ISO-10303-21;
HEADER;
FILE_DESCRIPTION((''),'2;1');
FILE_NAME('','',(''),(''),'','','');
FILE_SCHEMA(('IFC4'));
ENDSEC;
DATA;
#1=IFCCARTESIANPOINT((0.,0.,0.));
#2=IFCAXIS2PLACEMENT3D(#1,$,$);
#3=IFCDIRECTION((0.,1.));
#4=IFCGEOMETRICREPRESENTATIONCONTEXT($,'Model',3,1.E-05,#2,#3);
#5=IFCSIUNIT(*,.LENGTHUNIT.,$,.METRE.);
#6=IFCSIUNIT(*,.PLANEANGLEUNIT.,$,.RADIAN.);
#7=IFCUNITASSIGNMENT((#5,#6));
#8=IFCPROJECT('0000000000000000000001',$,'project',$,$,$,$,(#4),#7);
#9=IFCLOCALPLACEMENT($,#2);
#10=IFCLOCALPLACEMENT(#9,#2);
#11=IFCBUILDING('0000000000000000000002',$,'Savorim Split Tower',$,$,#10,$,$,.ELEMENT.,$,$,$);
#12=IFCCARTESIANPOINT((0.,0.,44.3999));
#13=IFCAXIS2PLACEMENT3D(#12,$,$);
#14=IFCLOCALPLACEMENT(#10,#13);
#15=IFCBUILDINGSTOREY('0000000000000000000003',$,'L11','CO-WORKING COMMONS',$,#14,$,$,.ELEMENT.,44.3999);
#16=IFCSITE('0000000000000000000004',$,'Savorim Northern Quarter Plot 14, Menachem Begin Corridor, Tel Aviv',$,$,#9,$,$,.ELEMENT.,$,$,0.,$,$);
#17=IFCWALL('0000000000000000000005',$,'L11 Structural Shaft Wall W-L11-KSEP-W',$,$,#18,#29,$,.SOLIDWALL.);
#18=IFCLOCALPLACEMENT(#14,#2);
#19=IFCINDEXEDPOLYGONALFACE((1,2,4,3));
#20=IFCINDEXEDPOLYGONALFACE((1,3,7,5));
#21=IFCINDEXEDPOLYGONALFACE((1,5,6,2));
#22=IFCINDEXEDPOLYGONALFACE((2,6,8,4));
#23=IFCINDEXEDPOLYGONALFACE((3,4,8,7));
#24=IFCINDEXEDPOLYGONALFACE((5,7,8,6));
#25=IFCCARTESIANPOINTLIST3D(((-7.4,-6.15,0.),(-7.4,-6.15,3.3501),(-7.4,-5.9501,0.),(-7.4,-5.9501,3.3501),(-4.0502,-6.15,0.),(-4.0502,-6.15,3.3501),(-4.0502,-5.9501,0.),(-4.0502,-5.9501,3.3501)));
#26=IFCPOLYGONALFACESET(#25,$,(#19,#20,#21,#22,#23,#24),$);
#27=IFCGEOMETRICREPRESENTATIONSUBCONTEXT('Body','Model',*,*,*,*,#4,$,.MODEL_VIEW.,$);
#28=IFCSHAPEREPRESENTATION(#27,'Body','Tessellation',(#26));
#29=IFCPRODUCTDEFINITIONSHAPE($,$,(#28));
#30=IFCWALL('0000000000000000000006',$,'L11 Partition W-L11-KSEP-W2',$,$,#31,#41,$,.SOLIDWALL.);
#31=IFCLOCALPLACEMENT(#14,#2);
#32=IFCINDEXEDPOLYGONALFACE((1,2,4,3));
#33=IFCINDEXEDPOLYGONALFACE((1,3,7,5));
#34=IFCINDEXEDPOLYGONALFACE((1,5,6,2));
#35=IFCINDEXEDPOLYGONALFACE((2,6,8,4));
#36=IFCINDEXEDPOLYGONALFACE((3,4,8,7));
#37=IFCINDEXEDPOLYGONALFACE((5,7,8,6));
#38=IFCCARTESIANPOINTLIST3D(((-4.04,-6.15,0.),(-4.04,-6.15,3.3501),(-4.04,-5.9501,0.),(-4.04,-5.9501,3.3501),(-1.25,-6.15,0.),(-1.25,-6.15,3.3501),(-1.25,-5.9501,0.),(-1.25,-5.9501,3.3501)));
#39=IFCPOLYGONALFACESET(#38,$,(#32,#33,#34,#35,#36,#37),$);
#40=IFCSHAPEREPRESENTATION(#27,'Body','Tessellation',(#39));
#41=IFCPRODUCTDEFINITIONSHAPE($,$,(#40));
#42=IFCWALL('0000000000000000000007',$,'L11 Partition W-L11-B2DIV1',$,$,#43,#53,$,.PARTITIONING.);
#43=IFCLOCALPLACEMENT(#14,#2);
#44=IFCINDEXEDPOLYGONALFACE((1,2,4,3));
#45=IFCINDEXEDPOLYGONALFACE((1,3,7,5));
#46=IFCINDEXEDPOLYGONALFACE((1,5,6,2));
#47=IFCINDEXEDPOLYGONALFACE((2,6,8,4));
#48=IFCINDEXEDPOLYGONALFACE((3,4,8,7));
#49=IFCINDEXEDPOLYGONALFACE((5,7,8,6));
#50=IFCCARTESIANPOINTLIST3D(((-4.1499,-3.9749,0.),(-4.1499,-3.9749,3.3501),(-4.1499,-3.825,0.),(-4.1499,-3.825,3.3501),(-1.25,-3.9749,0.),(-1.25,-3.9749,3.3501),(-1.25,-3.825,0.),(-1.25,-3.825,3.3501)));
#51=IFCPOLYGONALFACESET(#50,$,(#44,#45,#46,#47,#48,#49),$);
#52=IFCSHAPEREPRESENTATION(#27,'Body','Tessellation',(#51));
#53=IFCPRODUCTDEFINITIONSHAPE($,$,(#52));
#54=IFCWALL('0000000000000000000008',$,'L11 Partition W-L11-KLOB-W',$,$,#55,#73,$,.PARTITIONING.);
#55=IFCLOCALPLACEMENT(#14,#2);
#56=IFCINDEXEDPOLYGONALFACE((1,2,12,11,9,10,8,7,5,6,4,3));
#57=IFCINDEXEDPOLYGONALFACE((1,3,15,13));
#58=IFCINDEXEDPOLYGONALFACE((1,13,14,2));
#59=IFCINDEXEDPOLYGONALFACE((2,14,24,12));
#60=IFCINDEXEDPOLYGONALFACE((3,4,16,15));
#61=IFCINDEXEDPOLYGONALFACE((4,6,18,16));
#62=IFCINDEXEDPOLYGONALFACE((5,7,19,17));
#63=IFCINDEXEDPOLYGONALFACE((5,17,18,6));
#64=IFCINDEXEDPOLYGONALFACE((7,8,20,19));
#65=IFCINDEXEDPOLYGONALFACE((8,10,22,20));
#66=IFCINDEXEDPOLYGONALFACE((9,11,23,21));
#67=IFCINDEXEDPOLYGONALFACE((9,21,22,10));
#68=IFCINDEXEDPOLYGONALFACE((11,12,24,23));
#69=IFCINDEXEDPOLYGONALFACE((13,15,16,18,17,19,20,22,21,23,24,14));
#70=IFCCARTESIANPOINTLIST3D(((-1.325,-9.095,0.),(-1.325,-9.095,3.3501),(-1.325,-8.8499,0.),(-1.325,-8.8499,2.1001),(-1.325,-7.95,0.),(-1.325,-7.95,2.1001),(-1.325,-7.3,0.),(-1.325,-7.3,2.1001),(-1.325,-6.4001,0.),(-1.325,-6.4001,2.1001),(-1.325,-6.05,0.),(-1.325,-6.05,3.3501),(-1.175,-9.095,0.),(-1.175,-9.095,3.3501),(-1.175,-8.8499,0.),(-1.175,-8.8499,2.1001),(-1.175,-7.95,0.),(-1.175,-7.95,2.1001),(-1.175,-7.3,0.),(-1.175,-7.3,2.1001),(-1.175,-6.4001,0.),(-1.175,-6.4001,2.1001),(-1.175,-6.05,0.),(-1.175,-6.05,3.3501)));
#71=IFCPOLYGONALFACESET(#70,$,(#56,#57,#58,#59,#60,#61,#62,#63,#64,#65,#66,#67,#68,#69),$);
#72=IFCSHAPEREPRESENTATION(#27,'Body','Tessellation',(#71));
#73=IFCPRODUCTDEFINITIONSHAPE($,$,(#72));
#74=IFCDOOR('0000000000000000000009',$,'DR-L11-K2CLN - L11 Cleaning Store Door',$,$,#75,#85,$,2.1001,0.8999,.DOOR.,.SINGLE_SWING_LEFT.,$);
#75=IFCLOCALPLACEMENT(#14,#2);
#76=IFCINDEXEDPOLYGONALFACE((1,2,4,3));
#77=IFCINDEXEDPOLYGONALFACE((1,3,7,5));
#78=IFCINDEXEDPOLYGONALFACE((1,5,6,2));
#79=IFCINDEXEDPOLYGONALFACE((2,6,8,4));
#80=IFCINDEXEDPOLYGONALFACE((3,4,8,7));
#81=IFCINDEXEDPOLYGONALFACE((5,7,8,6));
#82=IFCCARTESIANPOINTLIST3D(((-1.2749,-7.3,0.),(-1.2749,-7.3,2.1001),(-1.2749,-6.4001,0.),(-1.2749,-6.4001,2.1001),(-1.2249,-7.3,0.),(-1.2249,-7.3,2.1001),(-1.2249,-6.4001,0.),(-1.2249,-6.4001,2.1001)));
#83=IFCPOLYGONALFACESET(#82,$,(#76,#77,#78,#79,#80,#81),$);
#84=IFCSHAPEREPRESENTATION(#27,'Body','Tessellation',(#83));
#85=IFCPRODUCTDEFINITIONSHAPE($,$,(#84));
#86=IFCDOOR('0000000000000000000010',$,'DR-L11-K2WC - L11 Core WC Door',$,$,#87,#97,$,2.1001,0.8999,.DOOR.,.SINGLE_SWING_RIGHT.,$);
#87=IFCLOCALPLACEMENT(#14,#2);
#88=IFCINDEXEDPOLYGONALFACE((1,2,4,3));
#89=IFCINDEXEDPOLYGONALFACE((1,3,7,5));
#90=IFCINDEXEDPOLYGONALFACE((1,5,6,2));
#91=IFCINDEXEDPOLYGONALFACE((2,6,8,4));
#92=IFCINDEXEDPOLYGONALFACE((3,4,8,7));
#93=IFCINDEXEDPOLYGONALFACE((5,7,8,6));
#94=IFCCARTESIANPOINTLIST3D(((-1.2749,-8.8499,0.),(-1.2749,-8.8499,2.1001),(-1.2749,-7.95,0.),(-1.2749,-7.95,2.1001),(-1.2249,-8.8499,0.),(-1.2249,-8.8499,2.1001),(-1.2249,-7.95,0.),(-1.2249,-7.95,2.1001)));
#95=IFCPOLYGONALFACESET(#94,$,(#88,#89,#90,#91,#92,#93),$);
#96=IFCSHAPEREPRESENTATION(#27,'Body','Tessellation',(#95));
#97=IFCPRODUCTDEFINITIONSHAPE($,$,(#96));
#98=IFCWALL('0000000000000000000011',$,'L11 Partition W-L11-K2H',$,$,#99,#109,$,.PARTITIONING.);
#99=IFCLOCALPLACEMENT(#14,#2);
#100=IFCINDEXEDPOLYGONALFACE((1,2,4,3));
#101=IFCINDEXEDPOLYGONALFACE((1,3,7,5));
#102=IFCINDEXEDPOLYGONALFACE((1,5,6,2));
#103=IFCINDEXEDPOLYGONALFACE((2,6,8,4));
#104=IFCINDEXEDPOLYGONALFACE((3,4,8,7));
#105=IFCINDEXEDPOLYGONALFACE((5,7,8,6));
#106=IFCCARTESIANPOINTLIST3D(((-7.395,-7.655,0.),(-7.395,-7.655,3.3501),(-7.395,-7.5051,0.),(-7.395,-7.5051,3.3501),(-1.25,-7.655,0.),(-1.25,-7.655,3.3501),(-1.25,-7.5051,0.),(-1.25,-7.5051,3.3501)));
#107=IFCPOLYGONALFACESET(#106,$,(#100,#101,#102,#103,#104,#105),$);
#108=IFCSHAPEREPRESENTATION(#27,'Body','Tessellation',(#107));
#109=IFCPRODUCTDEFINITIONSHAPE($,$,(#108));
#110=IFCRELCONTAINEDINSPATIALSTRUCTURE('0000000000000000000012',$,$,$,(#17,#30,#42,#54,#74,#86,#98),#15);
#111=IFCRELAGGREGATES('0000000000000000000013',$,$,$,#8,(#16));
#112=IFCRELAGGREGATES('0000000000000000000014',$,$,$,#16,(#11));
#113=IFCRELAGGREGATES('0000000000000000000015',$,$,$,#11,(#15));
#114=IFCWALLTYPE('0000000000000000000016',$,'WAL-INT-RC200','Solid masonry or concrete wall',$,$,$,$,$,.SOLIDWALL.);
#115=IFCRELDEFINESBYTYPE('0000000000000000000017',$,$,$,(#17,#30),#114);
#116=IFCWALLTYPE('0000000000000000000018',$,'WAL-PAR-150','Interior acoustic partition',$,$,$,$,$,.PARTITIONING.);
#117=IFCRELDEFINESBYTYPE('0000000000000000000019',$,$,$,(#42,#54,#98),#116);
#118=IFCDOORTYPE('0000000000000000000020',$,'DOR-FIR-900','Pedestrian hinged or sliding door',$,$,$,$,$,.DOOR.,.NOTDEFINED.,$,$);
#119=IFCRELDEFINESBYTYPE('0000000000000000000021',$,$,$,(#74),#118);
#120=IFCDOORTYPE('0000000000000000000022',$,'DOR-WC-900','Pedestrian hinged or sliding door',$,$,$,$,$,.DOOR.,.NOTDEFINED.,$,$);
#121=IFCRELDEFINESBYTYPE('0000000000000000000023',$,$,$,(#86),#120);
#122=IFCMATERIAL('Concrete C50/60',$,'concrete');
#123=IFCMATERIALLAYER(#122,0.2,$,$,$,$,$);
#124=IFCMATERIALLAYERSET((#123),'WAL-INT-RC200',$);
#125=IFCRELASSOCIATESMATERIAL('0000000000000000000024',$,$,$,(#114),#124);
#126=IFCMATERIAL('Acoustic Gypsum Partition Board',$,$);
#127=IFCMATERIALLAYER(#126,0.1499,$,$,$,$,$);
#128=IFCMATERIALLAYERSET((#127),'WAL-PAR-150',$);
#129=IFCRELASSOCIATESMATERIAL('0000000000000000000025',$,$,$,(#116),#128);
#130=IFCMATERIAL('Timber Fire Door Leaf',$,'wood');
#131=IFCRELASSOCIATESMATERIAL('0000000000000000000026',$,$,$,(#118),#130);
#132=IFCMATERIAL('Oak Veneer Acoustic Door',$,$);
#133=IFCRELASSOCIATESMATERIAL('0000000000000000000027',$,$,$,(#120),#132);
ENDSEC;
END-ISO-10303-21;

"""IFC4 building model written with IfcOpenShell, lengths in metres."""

from ifc_helpers import new_model, si_unit, direction, frame, frame_2d, origin, place, context, subcontext, project, spatial, rectangle, extrude, material, layer, layer_set, type_object, element, fill, save


model = new_model("IFC4")

# Units and contexts
model_context = context("Model", 3, precision=1e-05, world=origin(), true_north=direction((0.0, 1.0)))
body_context = subcontext(model_context, "Body", "Model", "MODEL_VIEW")
ifc_project = project(units=[si_unit("LENGTHUNIT", "METRE"), si_unit("PLANEANGLEUNIT", "RADIAN")], contexts=[model_context])

# Site, building, storey
site_placement = place(None, origin())
site = spatial("IfcSite", under=ifc_project, at=site_placement, Name="Savorim Northern Quarter Plot 14, Menachem Begin Corridor, Tel Aviv", CompositionType="ELEMENT", RefElevation=0.0)
building_placement = place(site_placement, origin())
building = spatial("IfcBuilding", under=site, at=building_placement, Name="Savorim Split Tower", CompositionType="ELEMENT")
storey_placement = place(building_placement, frame((0.0, 0.0, 44.3999)))
storey = spatial("IfcBuildingStorey", under=building, at=storey_placement, Name="L11", Description="CO-WORKING COMMONS", CompositionType="ELEMENT", Elevation=44.3999)

# Shared definitions
ifc_material_1 = material(Name="Timber Fire Door Leaf", Category="wood")

# Walls
ifc_material_2 = material(Name="Concrete C50/60", Category="concrete")
ifc_layer_1 = layer(ifc_material_2, 0.2)
ifc_layer_set_1 = layer_set([ifc_layer_1], Name="WAL-INT-RC200")
wall_type_1 = type_object("IfcWallType", Name="WAL-INT-RC200", Description="Solid masonry or concrete wall", PredefinedType="SOLIDWALL", material=ifc_layer_set_1)
wall_1_placement = place(storey_placement, frame((-7.3999, -6.05, 0.0), z_axis=(0.0, 0.0, 1.0), x_axis=(1.0, 0.0, 0.0)))
element("IfcWall", 1, at=wall_1_placement, inside=storey, type_object=wall_type_1, Name="L11 Structural Shaft Wall W-L11-KSEP-W", PredefinedType="SOLIDWALL", context=body_context, shape_type="SweptSolid", body=[
    extrude(rectangle(XDim=3.3499, YDim=0.2, at=frame_2d((1.6748, 0.0))), origin(), (0.0, 0.0, 1.0), 3.3501),
])
wall_2_placement = place(storey_placement, frame((-4.04, -6.05, 0.0), z_axis=(0.0, 0.0, 1.0), x_axis=(1.0, 0.0, 0.0)))
element("IfcWall", 2, at=wall_2_placement, inside=storey, type_object=wall_type_1, Name="L11 Partition W-L11-KSEP-W2", PredefinedType="SOLIDWALL", context=body_context, shape_type="SweptSolid", body=[
    extrude(rectangle(XDim=2.79, YDim=0.2, at=frame_2d((1.395, 0.0))), origin(), (0.0, 0.0, 1.0), 3.3501),
])
ifc_material_3 = material(Name="Acoustic Gypsum Partition Board")
ifc_layer_2 = layer(ifc_material_3, 0.1499)
ifc_layer_set_2 = layer_set([ifc_layer_2], Name="WAL-PAR-150")
wall_type_2 = type_object("IfcWallType", Name="WAL-PAR-150", Description="Interior acoustic partition", PredefinedType="PARTITIONING", material=ifc_layer_set_2)
wall_3_placement = place(storey_placement, frame((-4.1499, -3.8999, 0.0), z_axis=(0.0, 0.0, 1.0), x_axis=(1.0, 0.0, 0.0)))
element("IfcWall", 3, at=wall_3_placement, inside=storey, type_object=wall_type_2, Name="L11 Partition W-L11-B2DIV1", PredefinedType="PARTITIONING", context=body_context, shape_type="SweptSolid", body=[
    extrude(rectangle(XDim=2.8999, YDim=0.1499, at=frame_2d((1.45, 0.0))), origin(), (0.0, 0.0, 1.0), 3.3501),
])

# Wall, openings, doors
wall_4_placement = place(storey_placement, frame((-1.25, -9.095, 0.0), z_axis=(0.0, 0.0, 1.0), x_axis=(0.0, 1.0, 0.0)))
wall_4 = element("IfcWall", 4, at=wall_4_placement, inside=storey, type_object=wall_type_2, Name="L11 Partition W-L11-KLOB-W", PredefinedType="PARTITIONING", context=body_context, shape_type="SweptSolid", body=[
    extrude(rectangle(XDim=3.0449, YDim=0.1499, at=frame_2d((1.5225, 0.0))), origin(), (0.0, 0.0, 1.0), 3.3501),
])
opening_1_placement = place(wall_4_placement, frame((1.7949, 0.0, 0.0)))
opening_1 = element("IfcOpeningElement", 5, at=opening_1_placement, cuts=wall_4, PredefinedType="OPENING", context=body_context, shape_type="SweptSolid", body=[
    extrude(rectangle(XDim=0.8999, YDim=2.1001, at=frame_2d((0.45, 1.05))), frame((0.0, 0.085, 0.0), z_axis=(0.0, -1.0, 0.0), x_axis=(1.0, 0.0, 0.0)), (0.0, 0.0, 1.0), 0.1699),
])
opening_2_placement = place(wall_4_placement, frame((0.2451, 0.0, 0.0)))
opening_2 = element("IfcOpeningElement", 6, at=opening_2_placement, cuts=wall_4, PredefinedType="OPENING", context=body_context, shape_type="SweptSolid", body=[
    extrude(rectangle(XDim=0.8999, YDim=2.1001, at=frame_2d((0.45, 1.05))), frame((0.0, 0.085, 0.0), z_axis=(0.0, -1.0, 0.0), x_axis=(1.0, 0.0, 0.0)), (0.0, 0.0, 1.0), 0.1699),
])
door_type_1 = type_object("IfcDoorType", Name="DOR-FIR-900", Description="Pedestrian hinged or sliding door", OperationType="NOTDEFINED", PredefinedType="DOOR", material=ifc_material_1)
door_1_placement = place(opening_1_placement, origin())
door_1 = element("IfcDoor", 7, at=door_1_placement, inside=storey, type_object=door_type_1, Name="DR-L11-K2CLN - L11 Cleaning Store Door", OperationType="SINGLE_SWING_LEFT", OverallHeight=2.1001, OverallWidth=0.8999, PredefinedType="DOOR", context=body_context, shape_type="SweptSolid", body=[
    extrude(rectangle(XDim=0.8999, YDim=2.1001, at=frame_2d((0.45, 1.05))), frame((0.0, 0.0249, 0.0), z_axis=(0.0, -1.0, 0.0), x_axis=(1.0, 0.0, 0.0)), (0.0, 0.0, 1.0), 0.05),
])
fill(opening_1, door_1)
ifc_material_4 = material(Name="Oak Veneer Acoustic Door")
door_type_2 = type_object("IfcDoorType", Name="DOR-WC-900", Description="Pedestrian hinged or sliding door", OperationType="NOTDEFINED", PredefinedType="DOOR", material=ifc_material_4)
door_2_placement = place(opening_2_placement, origin())
door_2 = element("IfcDoor", 8, at=door_2_placement, inside=storey, type_object=door_type_2, Name="DR-L11-K2WC - L11 Core WC Door", OperationType="SINGLE_SWING_RIGHT", OverallHeight=2.1001, OverallWidth=0.8999, PredefinedType="DOOR", context=body_context, shape_type="SweptSolid", body=[
    extrude(rectangle(XDim=0.8999, YDim=2.1001, at=frame_2d((0.45, 1.05))), frame((0.0, 0.0249, 0.0), z_axis=(0.0, -1.0, 0.0), x_axis=(1.0, 0.0, 0.0)), (0.0, 0.0, 1.0), 0.05),
])
fill(opening_2, door_2)

# Wall
wall_5_placement = place(storey_placement, frame((-7.395, -7.5801, 0.0), z_axis=(0.0, 0.0, 1.0), x_axis=(1.0, 0.0, 0.0)))
element("IfcWall", 9, at=wall_5_placement, inside=storey, type_object=wall_type_2, Name="L11 Partition W-L11-K2H", PredefinedType="PARTITIONING", context=body_context, shape_type="SweptSolid", body=[
    extrude(rectangle(XDim=6.145, YDim=0.1499, at=frame_2d((3.0725, 0.0))), origin(), (0.0, 0.0, 1.0), 3.3501),
])

save(model, "model.ifc")
